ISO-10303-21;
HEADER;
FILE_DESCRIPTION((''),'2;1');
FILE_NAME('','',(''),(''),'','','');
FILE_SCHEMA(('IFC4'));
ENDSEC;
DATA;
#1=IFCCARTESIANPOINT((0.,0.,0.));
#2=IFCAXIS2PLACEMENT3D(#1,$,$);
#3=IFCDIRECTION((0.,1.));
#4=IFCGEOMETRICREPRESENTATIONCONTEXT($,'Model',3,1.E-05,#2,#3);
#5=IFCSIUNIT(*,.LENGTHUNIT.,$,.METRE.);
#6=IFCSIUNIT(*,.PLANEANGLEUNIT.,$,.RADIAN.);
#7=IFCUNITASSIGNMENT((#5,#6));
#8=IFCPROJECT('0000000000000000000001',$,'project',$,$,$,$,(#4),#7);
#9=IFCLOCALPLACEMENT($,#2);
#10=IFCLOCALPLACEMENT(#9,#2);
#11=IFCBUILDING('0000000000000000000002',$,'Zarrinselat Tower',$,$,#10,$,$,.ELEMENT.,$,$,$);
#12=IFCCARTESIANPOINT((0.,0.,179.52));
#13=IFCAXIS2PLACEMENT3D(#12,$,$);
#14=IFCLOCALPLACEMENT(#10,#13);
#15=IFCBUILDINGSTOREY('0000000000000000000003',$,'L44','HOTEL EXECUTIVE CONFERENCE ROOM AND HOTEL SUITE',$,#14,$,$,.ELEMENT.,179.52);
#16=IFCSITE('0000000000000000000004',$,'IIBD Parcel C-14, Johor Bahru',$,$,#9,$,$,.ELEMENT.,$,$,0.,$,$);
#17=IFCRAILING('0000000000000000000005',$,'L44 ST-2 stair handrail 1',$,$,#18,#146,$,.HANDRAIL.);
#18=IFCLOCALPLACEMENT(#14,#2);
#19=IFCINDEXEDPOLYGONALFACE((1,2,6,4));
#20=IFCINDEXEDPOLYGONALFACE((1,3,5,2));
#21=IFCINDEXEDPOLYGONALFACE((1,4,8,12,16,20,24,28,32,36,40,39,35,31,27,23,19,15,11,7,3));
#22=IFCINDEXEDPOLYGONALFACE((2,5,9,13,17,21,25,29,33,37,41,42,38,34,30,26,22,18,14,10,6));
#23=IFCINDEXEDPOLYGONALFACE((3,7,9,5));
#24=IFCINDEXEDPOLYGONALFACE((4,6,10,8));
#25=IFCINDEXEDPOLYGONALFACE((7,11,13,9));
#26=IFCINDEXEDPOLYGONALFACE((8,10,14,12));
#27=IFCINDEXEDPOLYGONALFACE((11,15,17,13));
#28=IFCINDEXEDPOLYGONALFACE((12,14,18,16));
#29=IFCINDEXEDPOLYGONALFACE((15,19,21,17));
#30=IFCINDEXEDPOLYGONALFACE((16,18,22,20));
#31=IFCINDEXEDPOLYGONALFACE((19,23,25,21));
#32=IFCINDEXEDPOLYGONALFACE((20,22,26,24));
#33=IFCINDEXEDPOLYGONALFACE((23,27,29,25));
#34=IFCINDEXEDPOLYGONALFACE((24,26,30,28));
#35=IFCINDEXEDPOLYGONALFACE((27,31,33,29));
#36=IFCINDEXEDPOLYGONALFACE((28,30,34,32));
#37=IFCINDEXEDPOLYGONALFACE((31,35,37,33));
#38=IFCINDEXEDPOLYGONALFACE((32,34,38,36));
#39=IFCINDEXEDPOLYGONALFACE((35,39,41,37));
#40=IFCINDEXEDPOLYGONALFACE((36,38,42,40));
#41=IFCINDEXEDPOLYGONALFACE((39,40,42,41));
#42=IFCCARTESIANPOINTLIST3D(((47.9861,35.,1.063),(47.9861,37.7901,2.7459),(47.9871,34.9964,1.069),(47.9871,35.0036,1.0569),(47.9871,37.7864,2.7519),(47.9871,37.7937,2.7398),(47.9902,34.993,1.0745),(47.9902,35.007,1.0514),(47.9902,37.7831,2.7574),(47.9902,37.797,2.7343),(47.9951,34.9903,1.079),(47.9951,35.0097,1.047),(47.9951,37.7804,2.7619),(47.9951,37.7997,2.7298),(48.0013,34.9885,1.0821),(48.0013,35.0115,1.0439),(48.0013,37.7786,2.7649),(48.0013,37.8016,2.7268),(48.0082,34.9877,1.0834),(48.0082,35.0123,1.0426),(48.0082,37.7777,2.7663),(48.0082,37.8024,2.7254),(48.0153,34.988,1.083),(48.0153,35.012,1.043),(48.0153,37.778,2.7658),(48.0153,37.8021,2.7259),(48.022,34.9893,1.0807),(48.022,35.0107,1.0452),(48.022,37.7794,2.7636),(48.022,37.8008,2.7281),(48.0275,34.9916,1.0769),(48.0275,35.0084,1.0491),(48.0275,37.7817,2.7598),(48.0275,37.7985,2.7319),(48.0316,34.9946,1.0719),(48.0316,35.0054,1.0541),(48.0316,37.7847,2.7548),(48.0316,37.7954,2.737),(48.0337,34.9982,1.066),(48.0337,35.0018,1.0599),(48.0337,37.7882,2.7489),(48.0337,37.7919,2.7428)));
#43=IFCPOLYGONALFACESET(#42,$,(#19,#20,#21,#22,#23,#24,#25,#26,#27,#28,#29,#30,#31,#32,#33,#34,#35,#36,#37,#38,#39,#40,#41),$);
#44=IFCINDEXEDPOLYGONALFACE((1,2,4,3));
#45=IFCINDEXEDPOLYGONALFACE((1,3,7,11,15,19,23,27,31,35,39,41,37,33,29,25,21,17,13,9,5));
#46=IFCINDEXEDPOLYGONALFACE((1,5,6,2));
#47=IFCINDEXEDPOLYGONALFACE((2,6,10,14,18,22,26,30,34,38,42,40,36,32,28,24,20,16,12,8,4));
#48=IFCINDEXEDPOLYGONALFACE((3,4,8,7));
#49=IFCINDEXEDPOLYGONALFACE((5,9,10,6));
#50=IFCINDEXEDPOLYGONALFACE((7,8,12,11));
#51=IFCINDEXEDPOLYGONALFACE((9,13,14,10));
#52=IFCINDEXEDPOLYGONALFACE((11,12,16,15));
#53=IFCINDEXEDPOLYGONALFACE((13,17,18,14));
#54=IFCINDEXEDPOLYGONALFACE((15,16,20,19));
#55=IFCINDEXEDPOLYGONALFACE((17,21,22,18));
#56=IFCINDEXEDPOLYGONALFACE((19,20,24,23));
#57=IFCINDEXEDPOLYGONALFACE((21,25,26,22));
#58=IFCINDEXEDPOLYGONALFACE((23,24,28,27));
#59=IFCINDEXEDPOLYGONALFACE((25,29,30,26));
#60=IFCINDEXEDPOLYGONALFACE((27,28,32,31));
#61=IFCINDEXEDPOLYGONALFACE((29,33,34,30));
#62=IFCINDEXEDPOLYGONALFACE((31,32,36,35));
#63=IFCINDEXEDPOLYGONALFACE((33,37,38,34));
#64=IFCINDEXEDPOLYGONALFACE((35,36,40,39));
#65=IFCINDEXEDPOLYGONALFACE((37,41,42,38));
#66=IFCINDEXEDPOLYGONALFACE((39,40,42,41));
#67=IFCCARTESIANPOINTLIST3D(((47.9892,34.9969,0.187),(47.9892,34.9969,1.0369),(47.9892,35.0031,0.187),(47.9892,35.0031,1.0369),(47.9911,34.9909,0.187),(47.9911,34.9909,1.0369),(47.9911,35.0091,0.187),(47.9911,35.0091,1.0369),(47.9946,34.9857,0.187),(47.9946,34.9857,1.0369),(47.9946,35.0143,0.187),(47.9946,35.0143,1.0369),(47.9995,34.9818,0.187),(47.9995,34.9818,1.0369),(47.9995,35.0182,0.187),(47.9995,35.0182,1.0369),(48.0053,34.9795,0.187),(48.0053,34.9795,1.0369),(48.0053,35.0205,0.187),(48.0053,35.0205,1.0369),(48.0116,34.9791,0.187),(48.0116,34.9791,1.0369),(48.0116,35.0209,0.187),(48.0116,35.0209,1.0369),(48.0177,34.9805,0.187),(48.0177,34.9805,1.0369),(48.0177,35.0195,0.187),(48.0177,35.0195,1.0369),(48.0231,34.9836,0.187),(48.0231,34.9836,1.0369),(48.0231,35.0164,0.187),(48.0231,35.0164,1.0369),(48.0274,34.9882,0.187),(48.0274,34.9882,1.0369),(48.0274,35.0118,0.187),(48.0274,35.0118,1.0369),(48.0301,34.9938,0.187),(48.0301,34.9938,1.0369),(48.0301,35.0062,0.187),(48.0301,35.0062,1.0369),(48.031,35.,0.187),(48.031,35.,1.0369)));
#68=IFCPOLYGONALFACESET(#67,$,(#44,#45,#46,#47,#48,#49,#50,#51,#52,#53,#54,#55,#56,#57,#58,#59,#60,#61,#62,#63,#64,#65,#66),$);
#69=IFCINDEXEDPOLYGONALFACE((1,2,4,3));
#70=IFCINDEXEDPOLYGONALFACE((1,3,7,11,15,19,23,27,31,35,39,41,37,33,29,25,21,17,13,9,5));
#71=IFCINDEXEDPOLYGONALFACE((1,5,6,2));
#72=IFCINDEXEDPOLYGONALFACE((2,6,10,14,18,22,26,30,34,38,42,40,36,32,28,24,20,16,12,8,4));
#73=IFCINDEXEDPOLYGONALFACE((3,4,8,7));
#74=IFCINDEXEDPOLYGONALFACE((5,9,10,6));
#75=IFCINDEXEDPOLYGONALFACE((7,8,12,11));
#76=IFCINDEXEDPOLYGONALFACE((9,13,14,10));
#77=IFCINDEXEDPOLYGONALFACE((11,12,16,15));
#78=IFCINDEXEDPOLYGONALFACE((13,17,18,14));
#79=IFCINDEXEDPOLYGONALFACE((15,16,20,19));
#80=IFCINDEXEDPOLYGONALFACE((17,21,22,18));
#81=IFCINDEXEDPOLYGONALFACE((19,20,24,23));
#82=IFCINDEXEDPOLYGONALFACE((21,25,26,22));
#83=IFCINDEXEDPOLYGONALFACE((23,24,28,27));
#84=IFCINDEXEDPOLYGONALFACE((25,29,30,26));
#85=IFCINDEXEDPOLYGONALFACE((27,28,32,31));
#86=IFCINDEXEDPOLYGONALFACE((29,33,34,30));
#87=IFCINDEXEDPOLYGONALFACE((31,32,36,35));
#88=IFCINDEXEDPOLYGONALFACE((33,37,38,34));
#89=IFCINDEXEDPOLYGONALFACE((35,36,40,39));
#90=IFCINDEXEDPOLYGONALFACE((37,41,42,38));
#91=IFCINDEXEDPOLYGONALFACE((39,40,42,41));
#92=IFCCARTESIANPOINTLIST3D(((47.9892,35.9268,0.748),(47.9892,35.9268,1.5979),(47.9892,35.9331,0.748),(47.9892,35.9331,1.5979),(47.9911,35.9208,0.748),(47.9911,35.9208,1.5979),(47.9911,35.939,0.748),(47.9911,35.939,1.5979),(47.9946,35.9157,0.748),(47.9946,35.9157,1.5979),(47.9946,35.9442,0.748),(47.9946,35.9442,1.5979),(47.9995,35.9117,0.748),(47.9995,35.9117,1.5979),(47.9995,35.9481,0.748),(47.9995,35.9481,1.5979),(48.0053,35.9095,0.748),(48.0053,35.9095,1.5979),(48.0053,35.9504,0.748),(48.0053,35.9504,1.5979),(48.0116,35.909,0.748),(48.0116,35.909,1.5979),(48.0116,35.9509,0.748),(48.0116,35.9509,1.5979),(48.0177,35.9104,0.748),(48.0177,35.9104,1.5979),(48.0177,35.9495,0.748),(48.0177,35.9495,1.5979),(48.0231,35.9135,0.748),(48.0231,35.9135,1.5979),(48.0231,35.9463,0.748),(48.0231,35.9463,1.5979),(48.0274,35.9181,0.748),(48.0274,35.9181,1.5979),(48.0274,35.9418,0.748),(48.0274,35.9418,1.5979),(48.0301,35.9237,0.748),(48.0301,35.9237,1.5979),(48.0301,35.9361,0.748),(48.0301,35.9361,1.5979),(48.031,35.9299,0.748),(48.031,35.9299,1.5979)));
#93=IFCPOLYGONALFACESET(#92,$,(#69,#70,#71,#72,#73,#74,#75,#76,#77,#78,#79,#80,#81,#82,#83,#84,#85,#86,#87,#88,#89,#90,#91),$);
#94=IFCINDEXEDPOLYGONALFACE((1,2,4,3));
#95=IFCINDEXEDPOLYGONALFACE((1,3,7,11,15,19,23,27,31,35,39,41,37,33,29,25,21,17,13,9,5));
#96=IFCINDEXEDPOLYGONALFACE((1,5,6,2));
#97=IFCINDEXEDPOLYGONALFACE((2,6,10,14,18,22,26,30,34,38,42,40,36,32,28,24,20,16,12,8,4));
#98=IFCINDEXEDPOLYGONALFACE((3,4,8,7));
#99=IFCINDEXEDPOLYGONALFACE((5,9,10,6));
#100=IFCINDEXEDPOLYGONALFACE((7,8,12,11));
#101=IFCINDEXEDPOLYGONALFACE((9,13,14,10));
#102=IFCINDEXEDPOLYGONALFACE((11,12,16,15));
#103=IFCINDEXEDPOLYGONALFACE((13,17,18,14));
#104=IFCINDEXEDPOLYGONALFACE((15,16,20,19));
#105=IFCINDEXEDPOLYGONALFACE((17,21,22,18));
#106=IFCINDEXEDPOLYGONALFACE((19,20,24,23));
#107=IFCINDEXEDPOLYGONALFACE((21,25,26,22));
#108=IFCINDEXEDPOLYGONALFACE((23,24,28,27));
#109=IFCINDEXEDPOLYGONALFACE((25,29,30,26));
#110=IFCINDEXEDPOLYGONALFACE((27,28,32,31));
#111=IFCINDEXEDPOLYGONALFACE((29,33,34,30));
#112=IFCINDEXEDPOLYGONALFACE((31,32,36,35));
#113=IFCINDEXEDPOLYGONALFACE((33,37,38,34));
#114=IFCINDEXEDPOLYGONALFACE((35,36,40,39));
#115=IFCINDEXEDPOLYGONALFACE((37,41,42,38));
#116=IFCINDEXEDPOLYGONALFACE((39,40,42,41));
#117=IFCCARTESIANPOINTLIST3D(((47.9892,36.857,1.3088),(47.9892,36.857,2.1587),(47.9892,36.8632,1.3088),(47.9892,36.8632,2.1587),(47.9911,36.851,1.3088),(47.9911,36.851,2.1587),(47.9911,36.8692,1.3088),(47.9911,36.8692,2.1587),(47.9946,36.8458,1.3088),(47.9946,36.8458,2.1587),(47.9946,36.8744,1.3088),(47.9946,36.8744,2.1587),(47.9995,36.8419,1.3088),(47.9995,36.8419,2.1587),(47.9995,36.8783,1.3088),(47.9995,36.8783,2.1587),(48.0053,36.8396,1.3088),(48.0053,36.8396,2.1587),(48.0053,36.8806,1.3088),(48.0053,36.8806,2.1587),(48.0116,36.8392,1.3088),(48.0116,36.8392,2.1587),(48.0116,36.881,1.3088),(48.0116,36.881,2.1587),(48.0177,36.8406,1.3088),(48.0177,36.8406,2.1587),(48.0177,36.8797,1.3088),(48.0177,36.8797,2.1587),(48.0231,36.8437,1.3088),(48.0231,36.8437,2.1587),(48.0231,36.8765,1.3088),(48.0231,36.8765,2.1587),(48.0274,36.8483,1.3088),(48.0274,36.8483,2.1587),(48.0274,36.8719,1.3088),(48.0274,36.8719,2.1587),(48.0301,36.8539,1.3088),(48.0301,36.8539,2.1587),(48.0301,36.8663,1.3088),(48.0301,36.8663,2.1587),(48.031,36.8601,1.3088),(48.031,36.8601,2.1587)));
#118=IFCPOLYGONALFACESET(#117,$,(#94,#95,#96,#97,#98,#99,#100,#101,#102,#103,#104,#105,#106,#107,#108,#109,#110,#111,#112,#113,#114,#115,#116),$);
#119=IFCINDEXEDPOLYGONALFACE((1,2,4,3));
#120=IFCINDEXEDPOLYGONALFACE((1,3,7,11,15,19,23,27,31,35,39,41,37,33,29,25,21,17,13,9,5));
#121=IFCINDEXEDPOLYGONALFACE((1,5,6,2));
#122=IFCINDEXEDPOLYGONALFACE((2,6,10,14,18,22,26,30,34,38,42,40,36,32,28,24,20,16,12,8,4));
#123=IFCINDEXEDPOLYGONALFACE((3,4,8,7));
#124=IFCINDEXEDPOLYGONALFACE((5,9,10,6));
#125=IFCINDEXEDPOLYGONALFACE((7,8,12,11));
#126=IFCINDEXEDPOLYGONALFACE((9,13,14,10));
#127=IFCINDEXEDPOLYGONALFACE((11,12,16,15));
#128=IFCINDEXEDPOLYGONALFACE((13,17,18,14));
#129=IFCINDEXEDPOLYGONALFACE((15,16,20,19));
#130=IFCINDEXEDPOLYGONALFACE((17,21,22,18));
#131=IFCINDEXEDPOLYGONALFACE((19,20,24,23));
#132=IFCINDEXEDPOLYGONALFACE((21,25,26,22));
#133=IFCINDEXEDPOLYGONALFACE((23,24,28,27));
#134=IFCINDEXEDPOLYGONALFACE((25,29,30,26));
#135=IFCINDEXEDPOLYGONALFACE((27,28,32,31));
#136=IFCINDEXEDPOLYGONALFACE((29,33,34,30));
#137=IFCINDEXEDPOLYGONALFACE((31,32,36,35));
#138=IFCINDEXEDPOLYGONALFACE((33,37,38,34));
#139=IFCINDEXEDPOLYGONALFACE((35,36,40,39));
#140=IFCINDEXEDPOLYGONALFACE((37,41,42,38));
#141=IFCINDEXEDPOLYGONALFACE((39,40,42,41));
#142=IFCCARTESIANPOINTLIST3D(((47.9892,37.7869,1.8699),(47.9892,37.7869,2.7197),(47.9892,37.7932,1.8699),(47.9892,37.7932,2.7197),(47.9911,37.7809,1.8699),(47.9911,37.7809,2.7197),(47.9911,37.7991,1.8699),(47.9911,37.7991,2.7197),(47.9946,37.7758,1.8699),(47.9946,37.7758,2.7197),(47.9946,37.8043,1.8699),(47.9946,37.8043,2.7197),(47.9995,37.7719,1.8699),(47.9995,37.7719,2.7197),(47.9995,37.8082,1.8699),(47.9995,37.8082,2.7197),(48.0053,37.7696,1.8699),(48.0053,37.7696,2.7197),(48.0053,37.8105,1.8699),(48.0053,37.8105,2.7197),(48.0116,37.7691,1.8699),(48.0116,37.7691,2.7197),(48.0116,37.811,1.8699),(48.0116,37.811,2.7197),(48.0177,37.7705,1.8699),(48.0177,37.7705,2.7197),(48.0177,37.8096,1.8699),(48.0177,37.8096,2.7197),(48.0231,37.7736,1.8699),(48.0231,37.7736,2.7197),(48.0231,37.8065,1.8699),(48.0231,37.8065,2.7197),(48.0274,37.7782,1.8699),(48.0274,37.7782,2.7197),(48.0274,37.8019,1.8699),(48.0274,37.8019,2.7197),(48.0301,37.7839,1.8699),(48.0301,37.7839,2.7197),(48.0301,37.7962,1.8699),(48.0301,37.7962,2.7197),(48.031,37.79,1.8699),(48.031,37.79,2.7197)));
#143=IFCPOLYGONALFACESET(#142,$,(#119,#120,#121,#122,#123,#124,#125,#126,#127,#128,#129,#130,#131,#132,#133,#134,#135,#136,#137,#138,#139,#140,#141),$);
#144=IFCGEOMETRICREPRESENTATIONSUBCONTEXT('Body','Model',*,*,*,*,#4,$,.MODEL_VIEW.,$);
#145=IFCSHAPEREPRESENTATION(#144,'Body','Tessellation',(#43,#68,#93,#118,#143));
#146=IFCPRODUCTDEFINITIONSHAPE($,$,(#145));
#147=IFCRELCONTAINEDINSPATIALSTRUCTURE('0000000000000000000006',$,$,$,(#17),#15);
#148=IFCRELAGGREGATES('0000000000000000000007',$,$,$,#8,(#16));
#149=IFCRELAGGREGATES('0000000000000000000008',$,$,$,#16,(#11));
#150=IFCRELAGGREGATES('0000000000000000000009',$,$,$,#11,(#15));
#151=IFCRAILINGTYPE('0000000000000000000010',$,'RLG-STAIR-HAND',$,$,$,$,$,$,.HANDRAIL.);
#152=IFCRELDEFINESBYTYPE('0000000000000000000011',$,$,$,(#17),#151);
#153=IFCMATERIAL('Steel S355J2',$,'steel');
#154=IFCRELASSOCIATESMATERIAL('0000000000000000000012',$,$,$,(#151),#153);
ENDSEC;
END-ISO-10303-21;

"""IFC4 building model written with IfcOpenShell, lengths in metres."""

from ifc_helpers import new_model, si_unit, direction, frame, origin, origin_2d, place, context, subcontext, project, spatial, circle, extrude, material, type_object, element, save


model = new_model("IFC4")

# Units and contexts
model_context = context("Model", 3, precision=1e-05, world=origin(), true_north=direction((0.0, 1.0)))
body_context = subcontext(model_context, "Body", "Model", "MODEL_VIEW")
ifc_project = project(units=[si_unit("LENGTHUNIT", "METRE"), si_unit("PLANEANGLEUNIT", "RADIAN")], contexts=[model_context])

# Site, building, storey
site_placement = place(None, origin())
site = spatial("IfcSite", under=ifc_project, at=site_placement, Name="IIBD Parcel C-14, Johor Bahru", CompositionType="ELEMENT", RefElevation=0.0)
building_placement = place(site_placement, origin())
building = spatial("IfcBuilding", under=site, at=building_placement, Name="Zarrinselat Tower", CompositionType="ELEMENT")
storey_placement = place(building_placement, frame((0.0, 0.0, 179.52)))
storey = spatial("IfcBuildingStorey", under=building, at=storey_placement, Name="L44", Description="HOTEL EXECUTIVE CONFERENCE ROOM AND HOTEL SUITE", CompositionType="ELEMENT", Elevation=179.52)

# Railing
ifc_material_1 = material(Name="Steel S355J2", Category="steel")
railing_type_1 = type_object("IfcRailingType", Name="RLG-STAIR-HAND", PredefinedType="HANDRAIL", material=ifc_material_1)
railing_1_placement = place(storey_placement, frame((48.01, 35.0, 0.187)))
element("IfcRailing", 1, at=railing_1_placement, inside=storey, type_object=railing_type_1, Name="L44 ST-2 stair handrail 1", PredefinedType="HANDRAIL", context=body_context, shape_type="SweptSolid", body=[
    extrude(circle(Radius=0.0239, at=origin_2d()), frame((0.0, 0.0, 0.876), z_axis=(0.0, 0.856294, 0.516489), x_axis=(-1.0, 0.0, 0.0)), (0.0, 0.0, 1.0), 3.2583),
    extrude(circle(Radius=0.021, at=origin_2d()), origin(), (0.0, 0.0, 1.0), 0.8499),
    extrude(circle(Radius=0.021, at=origin_2d()), frame((0.0, 0.9299, 0.561)), (0.0, 0.0, 1.0), 0.8499),
    extrude(circle(Radius=0.021, at=origin_2d()), frame((0.0, 1.8601, 1.1218)), (0.0, 0.0, 1.0), 0.8499),
    extrude(circle(Radius=0.021, at=origin_2d()), frame((0.0, 2.79, 1.6829)), (0.0, 0.0, 1.0), 0.8499),
])

save(model, "model.ifc")
